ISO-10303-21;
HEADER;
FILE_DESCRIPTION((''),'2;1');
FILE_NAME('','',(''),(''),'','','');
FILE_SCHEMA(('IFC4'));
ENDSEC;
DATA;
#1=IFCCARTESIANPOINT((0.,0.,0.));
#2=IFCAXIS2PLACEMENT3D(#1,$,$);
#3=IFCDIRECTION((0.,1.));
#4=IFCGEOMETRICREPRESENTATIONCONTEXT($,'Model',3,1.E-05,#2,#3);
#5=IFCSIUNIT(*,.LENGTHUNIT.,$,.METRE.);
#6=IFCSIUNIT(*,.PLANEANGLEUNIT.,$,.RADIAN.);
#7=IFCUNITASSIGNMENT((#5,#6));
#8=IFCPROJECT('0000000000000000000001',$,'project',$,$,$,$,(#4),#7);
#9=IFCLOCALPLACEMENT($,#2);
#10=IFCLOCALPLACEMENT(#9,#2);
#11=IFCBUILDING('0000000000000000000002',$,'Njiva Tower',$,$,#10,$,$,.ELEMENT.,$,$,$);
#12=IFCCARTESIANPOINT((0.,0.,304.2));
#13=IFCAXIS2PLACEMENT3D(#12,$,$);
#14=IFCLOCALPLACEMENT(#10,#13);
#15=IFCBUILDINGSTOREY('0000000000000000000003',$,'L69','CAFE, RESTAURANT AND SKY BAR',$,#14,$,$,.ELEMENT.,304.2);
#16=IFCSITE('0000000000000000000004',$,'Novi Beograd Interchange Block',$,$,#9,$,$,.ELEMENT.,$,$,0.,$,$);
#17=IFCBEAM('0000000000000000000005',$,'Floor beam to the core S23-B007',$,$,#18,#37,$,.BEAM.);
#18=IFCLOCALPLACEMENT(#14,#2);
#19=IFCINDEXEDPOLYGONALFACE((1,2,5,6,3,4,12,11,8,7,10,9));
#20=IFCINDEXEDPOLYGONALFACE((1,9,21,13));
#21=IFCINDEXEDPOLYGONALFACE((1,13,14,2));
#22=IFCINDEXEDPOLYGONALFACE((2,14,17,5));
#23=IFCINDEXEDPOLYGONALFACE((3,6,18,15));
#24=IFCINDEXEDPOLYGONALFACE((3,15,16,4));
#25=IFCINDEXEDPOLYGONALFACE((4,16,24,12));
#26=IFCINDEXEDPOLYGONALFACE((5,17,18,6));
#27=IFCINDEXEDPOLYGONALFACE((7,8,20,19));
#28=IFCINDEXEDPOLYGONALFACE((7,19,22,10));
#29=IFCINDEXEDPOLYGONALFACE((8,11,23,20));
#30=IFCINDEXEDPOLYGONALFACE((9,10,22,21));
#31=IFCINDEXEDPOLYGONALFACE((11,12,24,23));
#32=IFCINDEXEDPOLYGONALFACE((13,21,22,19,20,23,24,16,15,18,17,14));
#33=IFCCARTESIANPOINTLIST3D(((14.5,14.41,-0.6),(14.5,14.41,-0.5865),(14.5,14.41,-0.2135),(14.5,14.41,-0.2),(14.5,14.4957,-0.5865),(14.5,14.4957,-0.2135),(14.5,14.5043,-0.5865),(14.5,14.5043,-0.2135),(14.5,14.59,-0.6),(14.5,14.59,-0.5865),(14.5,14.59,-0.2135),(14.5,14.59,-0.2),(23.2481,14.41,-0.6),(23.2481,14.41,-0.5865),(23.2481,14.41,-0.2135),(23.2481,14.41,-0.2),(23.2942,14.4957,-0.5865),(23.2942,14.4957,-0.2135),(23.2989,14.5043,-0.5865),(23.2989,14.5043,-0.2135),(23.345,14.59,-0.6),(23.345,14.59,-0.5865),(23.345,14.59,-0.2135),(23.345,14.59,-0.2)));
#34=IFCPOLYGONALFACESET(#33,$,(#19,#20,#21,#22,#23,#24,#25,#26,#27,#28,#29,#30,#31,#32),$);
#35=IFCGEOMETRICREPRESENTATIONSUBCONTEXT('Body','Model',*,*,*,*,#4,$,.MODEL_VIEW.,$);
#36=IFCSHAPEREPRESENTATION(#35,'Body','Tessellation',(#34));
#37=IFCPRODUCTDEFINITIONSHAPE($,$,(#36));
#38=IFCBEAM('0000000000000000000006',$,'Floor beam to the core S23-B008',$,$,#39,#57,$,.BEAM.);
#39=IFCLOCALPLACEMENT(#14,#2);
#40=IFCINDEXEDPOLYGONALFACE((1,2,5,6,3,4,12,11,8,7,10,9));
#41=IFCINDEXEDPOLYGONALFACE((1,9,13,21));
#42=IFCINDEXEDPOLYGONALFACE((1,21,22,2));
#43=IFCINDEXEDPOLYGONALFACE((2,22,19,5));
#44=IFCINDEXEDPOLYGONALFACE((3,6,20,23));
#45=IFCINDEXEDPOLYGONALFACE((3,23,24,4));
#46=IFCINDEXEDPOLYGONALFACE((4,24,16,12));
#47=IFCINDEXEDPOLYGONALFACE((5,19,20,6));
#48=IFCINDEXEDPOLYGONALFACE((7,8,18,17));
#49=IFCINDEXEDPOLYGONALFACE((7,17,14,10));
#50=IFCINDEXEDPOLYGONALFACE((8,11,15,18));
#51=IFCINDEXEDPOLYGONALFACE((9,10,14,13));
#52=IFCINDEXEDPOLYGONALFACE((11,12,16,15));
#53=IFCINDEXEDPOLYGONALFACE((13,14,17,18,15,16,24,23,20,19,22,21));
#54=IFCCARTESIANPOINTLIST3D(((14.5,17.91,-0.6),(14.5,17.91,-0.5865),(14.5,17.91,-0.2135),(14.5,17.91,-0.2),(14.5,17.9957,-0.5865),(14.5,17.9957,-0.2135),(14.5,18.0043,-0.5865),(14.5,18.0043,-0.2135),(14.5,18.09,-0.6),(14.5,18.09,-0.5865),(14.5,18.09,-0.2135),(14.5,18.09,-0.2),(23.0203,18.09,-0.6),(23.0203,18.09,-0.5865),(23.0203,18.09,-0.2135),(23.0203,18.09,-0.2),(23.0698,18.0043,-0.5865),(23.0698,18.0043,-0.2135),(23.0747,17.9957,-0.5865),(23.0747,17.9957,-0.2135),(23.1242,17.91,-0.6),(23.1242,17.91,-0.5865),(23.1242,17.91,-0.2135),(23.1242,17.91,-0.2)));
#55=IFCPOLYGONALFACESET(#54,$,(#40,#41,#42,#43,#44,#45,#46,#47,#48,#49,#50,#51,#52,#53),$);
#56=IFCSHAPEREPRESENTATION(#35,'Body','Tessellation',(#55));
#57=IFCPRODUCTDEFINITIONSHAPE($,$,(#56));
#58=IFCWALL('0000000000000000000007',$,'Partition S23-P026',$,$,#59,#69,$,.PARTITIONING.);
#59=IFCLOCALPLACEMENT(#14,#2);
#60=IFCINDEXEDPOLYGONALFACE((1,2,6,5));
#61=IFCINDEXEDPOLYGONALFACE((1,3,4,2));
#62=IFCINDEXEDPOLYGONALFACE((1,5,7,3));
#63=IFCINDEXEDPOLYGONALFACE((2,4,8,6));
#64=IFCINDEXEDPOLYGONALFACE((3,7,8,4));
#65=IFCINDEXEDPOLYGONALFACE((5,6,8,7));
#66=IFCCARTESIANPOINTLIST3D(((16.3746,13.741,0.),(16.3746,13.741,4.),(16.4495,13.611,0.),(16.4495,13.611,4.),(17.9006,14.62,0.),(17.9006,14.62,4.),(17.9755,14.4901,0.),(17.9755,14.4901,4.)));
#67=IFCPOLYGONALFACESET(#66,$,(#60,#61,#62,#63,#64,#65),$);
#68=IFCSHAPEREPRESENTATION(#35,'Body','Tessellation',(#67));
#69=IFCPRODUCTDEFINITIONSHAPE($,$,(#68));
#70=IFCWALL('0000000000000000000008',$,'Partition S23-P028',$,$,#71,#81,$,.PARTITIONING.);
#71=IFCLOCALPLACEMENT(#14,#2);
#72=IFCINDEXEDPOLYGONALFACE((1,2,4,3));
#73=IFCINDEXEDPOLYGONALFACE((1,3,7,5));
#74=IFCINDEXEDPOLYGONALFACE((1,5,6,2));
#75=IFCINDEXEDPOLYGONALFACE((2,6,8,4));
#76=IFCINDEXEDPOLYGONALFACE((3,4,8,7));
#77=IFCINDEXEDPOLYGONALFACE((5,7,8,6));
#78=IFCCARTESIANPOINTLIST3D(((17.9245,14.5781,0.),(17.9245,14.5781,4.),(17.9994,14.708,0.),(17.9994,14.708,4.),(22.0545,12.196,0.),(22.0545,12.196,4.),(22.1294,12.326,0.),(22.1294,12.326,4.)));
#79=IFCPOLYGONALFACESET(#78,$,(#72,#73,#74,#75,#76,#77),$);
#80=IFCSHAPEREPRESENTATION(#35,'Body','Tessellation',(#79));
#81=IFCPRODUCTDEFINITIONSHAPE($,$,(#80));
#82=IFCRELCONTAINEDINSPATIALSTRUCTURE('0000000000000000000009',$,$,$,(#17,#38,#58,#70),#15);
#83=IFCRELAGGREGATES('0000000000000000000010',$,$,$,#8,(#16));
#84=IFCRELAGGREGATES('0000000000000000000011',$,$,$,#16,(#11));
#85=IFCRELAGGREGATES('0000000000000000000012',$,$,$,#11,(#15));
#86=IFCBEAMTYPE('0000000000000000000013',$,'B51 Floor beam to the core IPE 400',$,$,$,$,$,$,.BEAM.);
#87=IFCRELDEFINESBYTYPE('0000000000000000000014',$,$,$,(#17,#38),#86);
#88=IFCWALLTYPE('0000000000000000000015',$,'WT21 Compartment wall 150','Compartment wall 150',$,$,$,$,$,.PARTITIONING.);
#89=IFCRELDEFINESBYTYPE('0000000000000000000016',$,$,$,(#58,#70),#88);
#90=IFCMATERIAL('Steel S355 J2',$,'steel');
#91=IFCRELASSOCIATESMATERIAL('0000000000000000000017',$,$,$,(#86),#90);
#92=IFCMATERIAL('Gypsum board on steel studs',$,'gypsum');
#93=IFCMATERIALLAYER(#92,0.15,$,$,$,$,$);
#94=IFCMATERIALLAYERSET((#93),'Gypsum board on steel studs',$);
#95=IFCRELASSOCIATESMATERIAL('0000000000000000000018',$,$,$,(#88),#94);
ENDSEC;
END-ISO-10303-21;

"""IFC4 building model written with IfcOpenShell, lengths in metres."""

from ifc_helpers import new_model, si_unit, direction, frame, frame_2d, origin, origin_2d, place, context, subcontext, project, spatial, rectangle, i_section, extrude, clip, halfspace, material, layer, layer_set, material_profile, profile_set, type_object, element, save


model = new_model("IFC4")

# Units and contexts
model_context = context("Model", 3, precision=1e-05, world=origin(), true_north=direction((0.0, 1.0)))
body_context = subcontext(model_context, "Body", "Model", "MODEL_VIEW")
ifc_project = project(units=[si_unit("LENGTHUNIT", "METRE"), si_unit("PLANEANGLEUNIT", "RADIAN")], contexts=[model_context])

# Site, building, storey
site_placement = place(None, origin())
site = spatial("IfcSite", under=ifc_project, at=site_placement, Name="Novi Beograd Interchange Block", CompositionType="ELEMENT", RefElevation=0.0)
building_placement = place(site_placement, origin())
building = spatial("IfcBuilding", under=site, at=building_placement, Name="Njiva Tower", CompositionType="ELEMENT")
storey_placement = place(building_placement, frame((0.0, 0.0, 304.2)))
storey = spatial("IfcBuildingStorey", under=building, at=storey_placement, Name="L69", Description="CAFE, RESTAURANT AND SKY BAR", CompositionType="ELEMENT", Elevation=304.2)

# Shared definitions
ifc_material_1 = material(Name="Steel S355 J2", Category="steel")

# Beams
ifc_material_profile_1 = material_profile(ifc_material_1, i_section(OverallWidth=0.18, OverallDepth=0.4, WebThickness=0.0086, FlangeThickness=0.0135, at=origin_2d()), Name="IPE 400")
ifc_profile_set_1 = profile_set([ifc_material_profile_1], Name="Steel S355 J2")
beam_type_1 = type_object("IfcBeamType", Name="B51 Floor beam to the core IPE 400", PredefinedType="BEAM", material=ifc_profile_set_1)
beam_1_placement = place(storey_placement, frame((14.5, 14.5, -0.4), z_axis=(1.0, 0.0, 0.0), x_axis=(0.0, 1.0, 0.0)))
element("IfcBeam", 1, at=beam_1_placement, inside=storey, type_object=beam_type_1, Name="Floor beam to the core S23-B007", PredefinedType="BEAM", context=body_context, shape_type="Clipping", body=[
    clip(extrude(i_section(OverallWidth=0.18, OverallDepth=0.4, WebThickness=0.0086, FlangeThickness=0.0135, at=origin_2d()), origin(), (0.0, 0.0, 1.0), 8.865), halfspace(frame((-0.0237, 0.0, 8.7838), z_axis=(-0.473762, 0.0, 0.880653), x_axis=(0.0, 1.0, 0.0)), False)),
])
beam_2_placement = place(storey_placement, frame((14.5, 18.0, -0.4), z_axis=(1.0, 0.0, 0.0), x_axis=(0.0, 1.0, 0.0)))
element("IfcBeam", 2, at=beam_2_placement, inside=storey, type_object=beam_type_1, Name="Floor beam to the core S23-B008", PredefinedType="BEAM", context=body_context, shape_type="Clipping", body=[
    clip(extrude(i_section(OverallWidth=0.18, OverallDepth=0.4, WebThickness=0.0086, FlangeThickness=0.0135, at=origin_2d()), origin(), (0.0, 0.0, 1.0), 8.644), halfspace(frame((0.025, 0.0, 8.5578), z_axis=(0.499998, 0.0, 0.866027), x_axis=(0.0, 1.0, 0.0)), False)),
])

# Walls
ifc_material_2 = material(Name="Gypsum board on steel studs", Category="gypsum")
ifc_layer_1 = layer(ifc_material_2, 0.15)
ifc_layer_set_1 = layer_set([ifc_layer_1], Name="Gypsum board on steel studs")
wall_type_1 = type_object("IfcWallType", Name="WT21 Compartment wall 150", Description="Compartment wall 150", PredefinedType="PARTITIONING", material=ifc_layer_set_1)
wall_1_placement = place(storey_placement, frame((16.412, 13.676, 0.0), z_axis=(0.0, 0.0, 1.0), x_axis=(0.866526, 0.499132, 0.0)))
element("IfcWall", 3, at=wall_1_placement, inside=storey, type_object=wall_type_1, Name="Partition S23-P026", PredefinedType="PARTITIONING", context=body_context, shape_type="SweptSolid", body=[
    extrude(rectangle(XDim=1.7611, YDim=0.15, at=frame_2d((0.8806, 0.0))), origin(), (0.0, 0.0, 1.0), 4.0),
])
wall_2_placement = place(storey_placement, frame((17.962, 14.643, 0.0), z_axis=(0.0, 0.0, 1.0), x_axis=(0.866248, -0.499614, 0.0)))
element("IfcWall", 4, at=wall_2_placement, inside=storey, type_object=wall_type_1, Name="Partition S23-P028", PredefinedType="PARTITIONING", context=body_context, shape_type="SweptSolid", body=[
    extrude(rectangle(XDim=4.7677, YDim=0.15, at=frame_2d((2.3838, 0.0))), origin(), (0.0, 0.0, 1.0), 4.0),
])

save(model, "model.ifc")
